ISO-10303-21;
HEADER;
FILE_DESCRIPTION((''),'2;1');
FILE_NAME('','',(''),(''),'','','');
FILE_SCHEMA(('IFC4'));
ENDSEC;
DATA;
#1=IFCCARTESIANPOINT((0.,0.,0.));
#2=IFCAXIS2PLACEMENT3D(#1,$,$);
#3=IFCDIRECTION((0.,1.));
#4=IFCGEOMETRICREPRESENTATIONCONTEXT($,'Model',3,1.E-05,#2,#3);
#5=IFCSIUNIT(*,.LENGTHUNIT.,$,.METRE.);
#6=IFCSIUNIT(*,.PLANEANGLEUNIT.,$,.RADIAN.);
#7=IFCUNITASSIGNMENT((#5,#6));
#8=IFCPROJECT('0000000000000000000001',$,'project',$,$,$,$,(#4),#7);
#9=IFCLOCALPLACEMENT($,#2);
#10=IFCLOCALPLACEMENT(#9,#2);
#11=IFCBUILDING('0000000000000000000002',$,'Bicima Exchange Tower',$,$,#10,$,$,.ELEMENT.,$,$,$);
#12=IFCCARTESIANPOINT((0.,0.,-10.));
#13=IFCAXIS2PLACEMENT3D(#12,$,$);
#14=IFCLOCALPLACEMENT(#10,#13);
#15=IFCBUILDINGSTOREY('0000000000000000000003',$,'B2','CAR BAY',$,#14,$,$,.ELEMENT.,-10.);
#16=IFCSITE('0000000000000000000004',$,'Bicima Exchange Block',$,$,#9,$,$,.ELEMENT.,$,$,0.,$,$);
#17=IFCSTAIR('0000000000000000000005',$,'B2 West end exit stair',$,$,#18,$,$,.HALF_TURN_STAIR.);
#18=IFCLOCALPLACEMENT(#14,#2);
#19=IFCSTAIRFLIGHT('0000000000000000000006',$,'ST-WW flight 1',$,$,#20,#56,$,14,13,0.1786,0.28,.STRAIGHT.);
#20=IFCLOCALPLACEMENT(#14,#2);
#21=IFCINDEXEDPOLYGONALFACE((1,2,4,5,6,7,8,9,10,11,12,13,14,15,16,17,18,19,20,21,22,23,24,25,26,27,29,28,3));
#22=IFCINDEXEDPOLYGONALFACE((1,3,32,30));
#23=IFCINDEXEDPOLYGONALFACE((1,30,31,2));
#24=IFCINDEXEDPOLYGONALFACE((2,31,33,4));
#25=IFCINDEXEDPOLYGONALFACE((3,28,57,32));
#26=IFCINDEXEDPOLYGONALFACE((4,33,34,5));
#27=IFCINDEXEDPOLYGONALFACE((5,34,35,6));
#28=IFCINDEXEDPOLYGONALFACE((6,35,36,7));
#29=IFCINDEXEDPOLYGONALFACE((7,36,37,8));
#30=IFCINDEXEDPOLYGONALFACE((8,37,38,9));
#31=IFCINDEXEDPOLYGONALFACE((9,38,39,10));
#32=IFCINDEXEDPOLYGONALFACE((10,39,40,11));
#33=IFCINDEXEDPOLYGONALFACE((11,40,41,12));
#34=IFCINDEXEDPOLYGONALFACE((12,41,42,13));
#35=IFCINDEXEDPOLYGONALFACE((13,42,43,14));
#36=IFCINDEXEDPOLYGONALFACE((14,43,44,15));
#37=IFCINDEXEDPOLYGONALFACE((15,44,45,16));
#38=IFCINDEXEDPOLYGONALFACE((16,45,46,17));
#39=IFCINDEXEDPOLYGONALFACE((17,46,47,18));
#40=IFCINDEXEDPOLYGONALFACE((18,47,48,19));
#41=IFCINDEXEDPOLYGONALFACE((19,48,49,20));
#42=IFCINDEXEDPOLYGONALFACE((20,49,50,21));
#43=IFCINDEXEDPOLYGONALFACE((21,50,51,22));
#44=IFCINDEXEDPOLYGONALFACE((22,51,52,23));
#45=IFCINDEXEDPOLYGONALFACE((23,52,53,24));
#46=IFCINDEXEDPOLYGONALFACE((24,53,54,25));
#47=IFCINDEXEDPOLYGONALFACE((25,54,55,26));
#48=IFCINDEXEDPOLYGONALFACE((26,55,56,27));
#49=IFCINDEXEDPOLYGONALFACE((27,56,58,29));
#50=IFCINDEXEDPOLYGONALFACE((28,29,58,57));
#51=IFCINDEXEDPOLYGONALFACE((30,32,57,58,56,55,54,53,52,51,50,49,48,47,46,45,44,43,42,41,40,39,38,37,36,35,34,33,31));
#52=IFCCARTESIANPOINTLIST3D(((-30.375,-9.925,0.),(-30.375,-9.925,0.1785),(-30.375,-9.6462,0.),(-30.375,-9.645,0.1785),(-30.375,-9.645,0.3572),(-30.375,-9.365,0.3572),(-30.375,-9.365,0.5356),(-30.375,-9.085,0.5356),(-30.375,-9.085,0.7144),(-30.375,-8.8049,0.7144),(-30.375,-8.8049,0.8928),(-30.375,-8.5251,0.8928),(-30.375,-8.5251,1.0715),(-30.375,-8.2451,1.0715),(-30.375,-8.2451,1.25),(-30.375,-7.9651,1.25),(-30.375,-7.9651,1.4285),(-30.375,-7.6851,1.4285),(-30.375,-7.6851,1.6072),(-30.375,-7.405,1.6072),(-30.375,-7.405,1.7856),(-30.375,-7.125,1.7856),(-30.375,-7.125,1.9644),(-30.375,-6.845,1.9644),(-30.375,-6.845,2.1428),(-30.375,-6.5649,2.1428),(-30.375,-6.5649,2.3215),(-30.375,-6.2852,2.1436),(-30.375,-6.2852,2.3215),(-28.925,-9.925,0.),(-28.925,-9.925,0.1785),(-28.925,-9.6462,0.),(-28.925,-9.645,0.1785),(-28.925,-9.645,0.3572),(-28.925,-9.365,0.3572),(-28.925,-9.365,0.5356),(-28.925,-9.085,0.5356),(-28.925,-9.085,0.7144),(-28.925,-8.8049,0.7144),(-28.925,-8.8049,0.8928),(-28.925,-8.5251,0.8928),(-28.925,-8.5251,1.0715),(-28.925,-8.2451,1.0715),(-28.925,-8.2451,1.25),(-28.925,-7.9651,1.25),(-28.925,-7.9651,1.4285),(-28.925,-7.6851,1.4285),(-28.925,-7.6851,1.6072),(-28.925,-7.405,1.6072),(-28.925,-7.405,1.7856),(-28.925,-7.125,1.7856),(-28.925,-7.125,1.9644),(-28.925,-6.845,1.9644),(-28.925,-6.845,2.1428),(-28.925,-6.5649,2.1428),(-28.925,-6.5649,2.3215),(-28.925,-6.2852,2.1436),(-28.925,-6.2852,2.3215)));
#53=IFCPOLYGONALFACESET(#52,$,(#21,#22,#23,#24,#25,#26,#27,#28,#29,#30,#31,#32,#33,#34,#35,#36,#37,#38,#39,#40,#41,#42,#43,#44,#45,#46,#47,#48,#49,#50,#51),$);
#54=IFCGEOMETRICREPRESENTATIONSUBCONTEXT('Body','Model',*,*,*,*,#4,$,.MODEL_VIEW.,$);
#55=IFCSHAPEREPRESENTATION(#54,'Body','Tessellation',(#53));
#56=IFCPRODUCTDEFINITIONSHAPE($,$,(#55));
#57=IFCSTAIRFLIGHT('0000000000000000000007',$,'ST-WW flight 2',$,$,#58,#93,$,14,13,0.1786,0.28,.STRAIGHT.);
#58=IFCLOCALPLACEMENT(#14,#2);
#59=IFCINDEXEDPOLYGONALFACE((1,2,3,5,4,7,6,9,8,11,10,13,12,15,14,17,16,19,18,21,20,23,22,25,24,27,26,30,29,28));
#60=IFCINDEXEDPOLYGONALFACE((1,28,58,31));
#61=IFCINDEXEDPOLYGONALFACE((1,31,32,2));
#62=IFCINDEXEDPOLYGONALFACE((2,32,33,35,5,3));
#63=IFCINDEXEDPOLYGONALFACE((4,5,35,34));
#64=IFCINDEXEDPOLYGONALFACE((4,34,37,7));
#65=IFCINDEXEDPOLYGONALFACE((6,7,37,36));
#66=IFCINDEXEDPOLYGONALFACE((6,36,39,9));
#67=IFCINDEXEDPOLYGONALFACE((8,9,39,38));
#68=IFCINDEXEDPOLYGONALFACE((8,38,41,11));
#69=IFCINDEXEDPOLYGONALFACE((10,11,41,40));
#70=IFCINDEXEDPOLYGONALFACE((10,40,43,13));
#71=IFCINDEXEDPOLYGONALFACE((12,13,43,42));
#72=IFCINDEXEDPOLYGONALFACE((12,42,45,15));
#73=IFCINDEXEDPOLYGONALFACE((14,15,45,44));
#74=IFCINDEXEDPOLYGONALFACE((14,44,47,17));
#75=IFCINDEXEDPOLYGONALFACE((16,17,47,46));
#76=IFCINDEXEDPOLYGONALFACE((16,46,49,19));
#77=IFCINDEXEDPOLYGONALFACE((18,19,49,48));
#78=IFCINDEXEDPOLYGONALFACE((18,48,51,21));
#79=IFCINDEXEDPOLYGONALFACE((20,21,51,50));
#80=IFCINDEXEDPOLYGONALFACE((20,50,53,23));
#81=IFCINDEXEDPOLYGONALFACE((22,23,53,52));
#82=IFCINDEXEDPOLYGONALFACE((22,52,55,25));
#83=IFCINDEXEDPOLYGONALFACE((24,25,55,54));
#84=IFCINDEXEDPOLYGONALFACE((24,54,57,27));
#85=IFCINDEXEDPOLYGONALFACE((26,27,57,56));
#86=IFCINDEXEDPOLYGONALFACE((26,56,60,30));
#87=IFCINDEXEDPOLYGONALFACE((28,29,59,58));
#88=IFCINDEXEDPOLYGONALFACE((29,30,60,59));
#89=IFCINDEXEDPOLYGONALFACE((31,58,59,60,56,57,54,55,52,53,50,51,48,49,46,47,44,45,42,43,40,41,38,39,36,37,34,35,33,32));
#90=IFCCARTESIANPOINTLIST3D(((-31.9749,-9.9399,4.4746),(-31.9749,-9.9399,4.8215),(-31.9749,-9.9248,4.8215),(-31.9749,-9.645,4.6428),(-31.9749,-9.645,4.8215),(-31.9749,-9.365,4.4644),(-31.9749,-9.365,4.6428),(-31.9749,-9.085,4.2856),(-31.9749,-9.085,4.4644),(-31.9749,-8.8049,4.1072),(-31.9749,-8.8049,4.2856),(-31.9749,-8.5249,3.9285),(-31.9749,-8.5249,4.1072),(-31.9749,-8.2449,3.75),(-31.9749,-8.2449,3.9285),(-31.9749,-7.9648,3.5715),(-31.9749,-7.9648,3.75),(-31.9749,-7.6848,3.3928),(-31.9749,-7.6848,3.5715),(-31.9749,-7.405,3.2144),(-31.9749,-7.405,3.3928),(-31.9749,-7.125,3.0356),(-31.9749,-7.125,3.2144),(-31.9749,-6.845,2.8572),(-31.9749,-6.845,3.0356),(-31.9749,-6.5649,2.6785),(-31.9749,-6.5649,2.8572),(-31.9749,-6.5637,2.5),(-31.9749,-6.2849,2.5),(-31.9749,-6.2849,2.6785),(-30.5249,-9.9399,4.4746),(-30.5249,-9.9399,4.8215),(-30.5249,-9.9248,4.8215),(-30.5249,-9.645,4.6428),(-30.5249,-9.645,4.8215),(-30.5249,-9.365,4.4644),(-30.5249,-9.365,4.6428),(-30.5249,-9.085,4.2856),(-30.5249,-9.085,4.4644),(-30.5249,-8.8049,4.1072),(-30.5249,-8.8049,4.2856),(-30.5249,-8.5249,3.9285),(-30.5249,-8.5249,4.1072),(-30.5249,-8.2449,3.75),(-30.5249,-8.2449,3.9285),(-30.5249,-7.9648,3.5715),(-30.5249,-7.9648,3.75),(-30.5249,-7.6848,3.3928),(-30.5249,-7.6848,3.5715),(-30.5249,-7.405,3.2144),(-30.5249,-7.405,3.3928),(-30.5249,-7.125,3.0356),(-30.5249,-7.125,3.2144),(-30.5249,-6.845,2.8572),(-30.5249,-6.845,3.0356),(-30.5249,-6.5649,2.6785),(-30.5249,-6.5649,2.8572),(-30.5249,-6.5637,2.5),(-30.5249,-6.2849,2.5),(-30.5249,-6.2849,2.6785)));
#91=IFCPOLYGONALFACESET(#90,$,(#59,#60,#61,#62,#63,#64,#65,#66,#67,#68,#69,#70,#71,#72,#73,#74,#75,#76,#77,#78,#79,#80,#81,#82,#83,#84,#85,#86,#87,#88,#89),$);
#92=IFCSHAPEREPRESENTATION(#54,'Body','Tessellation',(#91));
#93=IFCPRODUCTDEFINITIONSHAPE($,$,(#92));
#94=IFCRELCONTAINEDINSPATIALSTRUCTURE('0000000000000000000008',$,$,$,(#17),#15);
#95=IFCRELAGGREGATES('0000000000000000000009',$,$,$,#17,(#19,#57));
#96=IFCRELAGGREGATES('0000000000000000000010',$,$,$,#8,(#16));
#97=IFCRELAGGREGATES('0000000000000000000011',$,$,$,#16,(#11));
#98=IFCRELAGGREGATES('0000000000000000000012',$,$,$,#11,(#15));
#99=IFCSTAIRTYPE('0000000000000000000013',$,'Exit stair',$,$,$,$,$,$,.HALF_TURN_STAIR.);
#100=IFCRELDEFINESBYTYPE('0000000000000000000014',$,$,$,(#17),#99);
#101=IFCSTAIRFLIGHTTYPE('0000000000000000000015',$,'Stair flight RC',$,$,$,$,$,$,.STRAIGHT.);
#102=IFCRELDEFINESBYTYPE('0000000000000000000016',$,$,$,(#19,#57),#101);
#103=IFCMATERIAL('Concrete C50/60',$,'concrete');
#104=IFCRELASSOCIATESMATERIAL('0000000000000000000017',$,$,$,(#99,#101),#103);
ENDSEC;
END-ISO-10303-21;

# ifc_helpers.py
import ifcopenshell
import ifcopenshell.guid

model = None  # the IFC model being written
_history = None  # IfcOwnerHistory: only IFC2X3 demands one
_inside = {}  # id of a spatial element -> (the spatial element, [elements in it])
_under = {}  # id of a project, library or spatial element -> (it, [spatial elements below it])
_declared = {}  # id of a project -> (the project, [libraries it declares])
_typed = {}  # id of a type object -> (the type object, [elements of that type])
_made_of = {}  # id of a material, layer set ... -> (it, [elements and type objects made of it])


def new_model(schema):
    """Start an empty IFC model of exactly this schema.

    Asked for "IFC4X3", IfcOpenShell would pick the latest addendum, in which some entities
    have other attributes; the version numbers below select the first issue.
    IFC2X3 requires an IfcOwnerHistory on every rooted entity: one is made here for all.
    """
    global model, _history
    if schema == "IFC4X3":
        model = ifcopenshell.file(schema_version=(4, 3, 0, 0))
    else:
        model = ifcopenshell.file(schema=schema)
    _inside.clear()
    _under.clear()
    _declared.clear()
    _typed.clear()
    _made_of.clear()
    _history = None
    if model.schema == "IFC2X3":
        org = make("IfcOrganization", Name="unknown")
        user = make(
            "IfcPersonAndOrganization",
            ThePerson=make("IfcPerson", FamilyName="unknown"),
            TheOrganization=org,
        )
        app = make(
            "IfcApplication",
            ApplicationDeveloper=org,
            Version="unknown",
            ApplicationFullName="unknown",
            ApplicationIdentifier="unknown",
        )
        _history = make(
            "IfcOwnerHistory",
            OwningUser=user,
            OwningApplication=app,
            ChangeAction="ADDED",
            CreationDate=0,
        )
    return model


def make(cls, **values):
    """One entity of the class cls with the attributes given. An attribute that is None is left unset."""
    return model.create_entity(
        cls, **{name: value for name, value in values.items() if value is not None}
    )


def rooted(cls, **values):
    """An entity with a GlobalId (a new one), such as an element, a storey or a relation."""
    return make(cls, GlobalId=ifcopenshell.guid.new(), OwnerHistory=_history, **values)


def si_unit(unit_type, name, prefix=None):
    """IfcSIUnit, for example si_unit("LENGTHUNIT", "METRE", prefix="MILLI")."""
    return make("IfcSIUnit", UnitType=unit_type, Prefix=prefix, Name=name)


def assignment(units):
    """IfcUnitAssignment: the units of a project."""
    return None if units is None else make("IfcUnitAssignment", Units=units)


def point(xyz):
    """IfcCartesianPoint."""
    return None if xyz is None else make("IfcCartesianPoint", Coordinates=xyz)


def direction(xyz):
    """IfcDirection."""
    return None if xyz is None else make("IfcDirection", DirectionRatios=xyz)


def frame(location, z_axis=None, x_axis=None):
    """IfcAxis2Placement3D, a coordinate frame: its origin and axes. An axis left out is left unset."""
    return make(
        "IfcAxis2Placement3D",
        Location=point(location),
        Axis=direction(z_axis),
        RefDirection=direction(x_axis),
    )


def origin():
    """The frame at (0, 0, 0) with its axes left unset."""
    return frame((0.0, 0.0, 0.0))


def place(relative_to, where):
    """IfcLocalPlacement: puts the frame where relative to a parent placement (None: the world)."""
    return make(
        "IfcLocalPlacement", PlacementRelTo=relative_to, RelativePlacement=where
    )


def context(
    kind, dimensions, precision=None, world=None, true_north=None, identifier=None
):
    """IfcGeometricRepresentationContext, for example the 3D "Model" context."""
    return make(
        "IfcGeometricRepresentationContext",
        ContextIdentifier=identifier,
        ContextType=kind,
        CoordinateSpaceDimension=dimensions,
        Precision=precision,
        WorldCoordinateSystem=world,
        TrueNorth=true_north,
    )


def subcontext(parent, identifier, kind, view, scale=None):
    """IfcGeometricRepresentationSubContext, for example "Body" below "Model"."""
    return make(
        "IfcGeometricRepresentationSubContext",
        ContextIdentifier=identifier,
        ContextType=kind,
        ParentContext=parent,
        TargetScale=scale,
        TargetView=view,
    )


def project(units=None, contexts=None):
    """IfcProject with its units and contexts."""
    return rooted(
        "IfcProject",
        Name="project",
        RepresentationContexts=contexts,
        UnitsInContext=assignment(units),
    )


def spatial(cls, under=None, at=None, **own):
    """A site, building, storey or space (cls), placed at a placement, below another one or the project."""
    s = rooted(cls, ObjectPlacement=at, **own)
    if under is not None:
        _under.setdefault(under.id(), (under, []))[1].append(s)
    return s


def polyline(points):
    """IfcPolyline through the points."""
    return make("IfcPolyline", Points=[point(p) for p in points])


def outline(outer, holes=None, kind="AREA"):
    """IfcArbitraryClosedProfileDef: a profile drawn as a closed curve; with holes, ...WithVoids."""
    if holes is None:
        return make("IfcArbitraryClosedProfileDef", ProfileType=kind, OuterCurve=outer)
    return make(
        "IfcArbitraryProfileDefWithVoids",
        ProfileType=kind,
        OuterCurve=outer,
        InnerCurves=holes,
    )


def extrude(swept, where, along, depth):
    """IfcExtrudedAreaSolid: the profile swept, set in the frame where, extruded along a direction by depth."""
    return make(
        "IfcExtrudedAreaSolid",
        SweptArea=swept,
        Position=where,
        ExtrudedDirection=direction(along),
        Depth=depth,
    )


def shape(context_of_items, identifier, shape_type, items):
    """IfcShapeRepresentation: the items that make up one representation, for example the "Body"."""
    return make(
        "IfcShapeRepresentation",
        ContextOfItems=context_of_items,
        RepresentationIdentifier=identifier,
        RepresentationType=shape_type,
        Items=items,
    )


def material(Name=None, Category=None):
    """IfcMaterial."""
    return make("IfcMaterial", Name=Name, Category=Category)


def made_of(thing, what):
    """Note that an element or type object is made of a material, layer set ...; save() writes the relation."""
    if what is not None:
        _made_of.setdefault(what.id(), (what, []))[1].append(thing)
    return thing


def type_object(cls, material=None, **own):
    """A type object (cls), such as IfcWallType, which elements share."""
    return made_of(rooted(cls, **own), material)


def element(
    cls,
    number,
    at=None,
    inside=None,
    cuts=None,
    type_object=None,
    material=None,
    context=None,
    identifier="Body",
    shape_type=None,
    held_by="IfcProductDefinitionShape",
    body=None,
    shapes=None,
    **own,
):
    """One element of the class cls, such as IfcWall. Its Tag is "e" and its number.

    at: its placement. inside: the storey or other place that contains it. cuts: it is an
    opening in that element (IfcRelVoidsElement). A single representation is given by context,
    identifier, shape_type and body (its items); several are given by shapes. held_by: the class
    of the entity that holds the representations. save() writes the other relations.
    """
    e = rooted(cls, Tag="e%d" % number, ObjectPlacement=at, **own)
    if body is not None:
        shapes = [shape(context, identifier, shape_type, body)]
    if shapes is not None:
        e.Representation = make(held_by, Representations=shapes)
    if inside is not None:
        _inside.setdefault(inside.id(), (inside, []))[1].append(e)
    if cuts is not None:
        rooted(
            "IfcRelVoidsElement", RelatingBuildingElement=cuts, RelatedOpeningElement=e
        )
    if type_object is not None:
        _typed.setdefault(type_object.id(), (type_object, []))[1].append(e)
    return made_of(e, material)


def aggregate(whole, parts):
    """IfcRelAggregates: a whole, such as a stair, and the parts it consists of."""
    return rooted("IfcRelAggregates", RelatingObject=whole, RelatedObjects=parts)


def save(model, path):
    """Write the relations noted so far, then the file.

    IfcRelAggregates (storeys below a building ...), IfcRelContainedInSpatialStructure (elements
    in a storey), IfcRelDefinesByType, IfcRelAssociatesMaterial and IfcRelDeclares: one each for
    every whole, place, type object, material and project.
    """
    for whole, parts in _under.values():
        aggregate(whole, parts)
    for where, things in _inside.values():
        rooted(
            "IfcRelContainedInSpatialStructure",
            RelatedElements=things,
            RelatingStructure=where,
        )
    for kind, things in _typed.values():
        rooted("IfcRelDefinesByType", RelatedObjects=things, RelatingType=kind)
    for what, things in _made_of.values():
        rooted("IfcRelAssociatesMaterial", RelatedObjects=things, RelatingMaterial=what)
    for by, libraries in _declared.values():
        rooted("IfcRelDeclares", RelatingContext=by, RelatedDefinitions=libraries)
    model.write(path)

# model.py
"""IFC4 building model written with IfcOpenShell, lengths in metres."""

from ifc_helpers import new_model, si_unit, direction, frame, origin, place, context, subcontext, project, spatial, polyline, outline, extrude, material, type_object, element, aggregate, save


model = new_model("IFC4")

# Units and contexts
model_context = context("Model", 3, precision=1e-05, world=origin(), true_north=direction((0.0, 1.0)))
body_context = subcontext(model_context, "Body", "Model", "MODEL_VIEW")
ifc_project = project(units=[si_unit("LENGTHUNIT", "METRE"), si_unit("PLANEANGLEUNIT", "RADIAN")], contexts=[model_context])

# Site, building, storey
site_placement = place(None, origin())
site = spatial("IfcSite", under=ifc_project, at=site_placement, Name="Bicima Exchange Block", CompositionType="ELEMENT", RefElevation=0.0)
building_placement = place(site_placement, origin())
building = spatial("IfcBuilding", under=site, at=building_placement, Name="Bicima Exchange Tower", CompositionType="ELEMENT")
storey_placement = place(building_placement, frame((0.0, 0.0, -10.0)))
storey = spatial("IfcBuildingStorey", under=building, at=storey_placement, Name="B2", Description="CAR BAY", CompositionType="ELEMENT", Elevation=-10.0)

# Shared definitions
ifc_material_1 = material(Name="Concrete C50/60", Category="concrete")

# Stair, stair flights
stair_type = type_object("IfcStairType", Name="Exit stair", PredefinedType="HALF_TURN_STAIR", material=ifc_material_1)
stair_placement = place(storey_placement, origin())
stair = element("IfcStair", 1, at=stair_placement, inside=storey, type_object=stair_type, Name="B2 West end exit stair", PredefinedType="HALF_TURN_STAIR")
stair_flight_type = type_object("IfcStairFlightType", Name="Stair flight RC", PredefinedType="STRAIGHT", material=ifc_material_1)
stair_flight_1_placement = place(storey_placement, frame((-29.6499, -9.925, 0.0), z_axis=(0.0, 0.0, 1.0), x_axis=(0.0, 1.0, 0.0)))
stair_flight_1 = element("IfcStairFlight", 2, at=stair_flight_1_placement, type_object=stair_flight_type, Name="ST-WW flight 1", NumberOfRisers=14, NumberOfTreads=13, PredefinedType="STRAIGHT", RiserHeight=0.1786, TreadLength=0.28, context=body_context, shape_type="SweptSolid", body=[
    extrude(outline(polyline([(0.0, 0.0), (0.0, 0.1785), (0.28, 0.1785), (0.28, 0.3572), (0.5601, 0.3572), (0.5601, 0.5356), (0.8401, 0.5356), (0.8401, 0.7144), (1.1201, 0.7144), (1.1201, 0.8928), (1.3999, 0.8928), (1.3999, 1.0715), (1.6799, 1.0715), (1.6799, 1.25), (1.96, 1.25), (1.96, 1.4285), (2.24, 1.4285), (2.24, 1.6072), (2.52, 1.6072), (2.52, 1.7856), (2.8, 1.7856), (2.8, 1.9644), (3.0801, 1.9644), (3.0801, 2.1428), (3.3601, 2.1428), (3.3601, 2.3215), (3.6399, 2.3215), (3.6399, 2.5), (3.6399, 2.1436), (0.2788, 0.0), (0.0, 0.0)])), frame((0.0, 0.7251, 0.0), z_axis=(0.0, -1.0, 0.0), x_axis=(1.0, 0.0, 0.0)), (0.0, 0.0, 1.0), 1.45),
])
stair_flight_2_placement = place(storey_placement, frame((-31.25, -6.2849, 2.5), z_axis=(0.0, 0.0, 1.0), x_axis=(0.0, -1.0, 0.0)))
stair_flight_2 = element("IfcStairFlight", 3, at=stair_flight_2_placement, type_object=stair_flight_type, Name="ST-WW flight 2", NumberOfRisers=14, NumberOfTreads=13, PredefinedType="STRAIGHT", RiserHeight=0.1786, TreadLength=0.28, context=body_context, shape_type="SweptSolid", body=[
    extrude(outline(polyline([(0.0, 0.0), (0.0, 0.1785), (0.28, 0.1785), (0.28, 0.3572), (0.5601, 0.3572), (0.5601, 0.5356), (0.8401, 0.5356), (0.8401, 0.7144), (1.1201, 0.7144), (1.1201, 0.8928), (1.3999, 0.8928), (1.3999, 1.0715), (1.6799, 1.0715), (1.6799, 1.25), (1.96, 1.25), (1.96, 1.4285), (2.24, 1.4285), (2.24, 1.6072), (2.52, 1.6072), (2.52, 1.7856), (2.8, 1.7856), (2.8, 1.9644), (3.0801, 1.9644), (3.0801, 2.1428), (3.3601, 2.1428), (3.3601, 2.3215), (3.6399, 2.3215), (3.655, 2.3215), (3.655, 1.9746), (0.2788, 0.0), (0.0, 0.0)])), frame((0.0, 0.7251, 0.0), z_axis=(0.0, -1.0, 0.0), x_axis=(1.0, 0.0, 0.0)), (0.0, 0.0, 1.0), 1.45),
])
aggregate(stair, [stair_flight_1, stair_flight_2])

save(model, "model.ifc")
